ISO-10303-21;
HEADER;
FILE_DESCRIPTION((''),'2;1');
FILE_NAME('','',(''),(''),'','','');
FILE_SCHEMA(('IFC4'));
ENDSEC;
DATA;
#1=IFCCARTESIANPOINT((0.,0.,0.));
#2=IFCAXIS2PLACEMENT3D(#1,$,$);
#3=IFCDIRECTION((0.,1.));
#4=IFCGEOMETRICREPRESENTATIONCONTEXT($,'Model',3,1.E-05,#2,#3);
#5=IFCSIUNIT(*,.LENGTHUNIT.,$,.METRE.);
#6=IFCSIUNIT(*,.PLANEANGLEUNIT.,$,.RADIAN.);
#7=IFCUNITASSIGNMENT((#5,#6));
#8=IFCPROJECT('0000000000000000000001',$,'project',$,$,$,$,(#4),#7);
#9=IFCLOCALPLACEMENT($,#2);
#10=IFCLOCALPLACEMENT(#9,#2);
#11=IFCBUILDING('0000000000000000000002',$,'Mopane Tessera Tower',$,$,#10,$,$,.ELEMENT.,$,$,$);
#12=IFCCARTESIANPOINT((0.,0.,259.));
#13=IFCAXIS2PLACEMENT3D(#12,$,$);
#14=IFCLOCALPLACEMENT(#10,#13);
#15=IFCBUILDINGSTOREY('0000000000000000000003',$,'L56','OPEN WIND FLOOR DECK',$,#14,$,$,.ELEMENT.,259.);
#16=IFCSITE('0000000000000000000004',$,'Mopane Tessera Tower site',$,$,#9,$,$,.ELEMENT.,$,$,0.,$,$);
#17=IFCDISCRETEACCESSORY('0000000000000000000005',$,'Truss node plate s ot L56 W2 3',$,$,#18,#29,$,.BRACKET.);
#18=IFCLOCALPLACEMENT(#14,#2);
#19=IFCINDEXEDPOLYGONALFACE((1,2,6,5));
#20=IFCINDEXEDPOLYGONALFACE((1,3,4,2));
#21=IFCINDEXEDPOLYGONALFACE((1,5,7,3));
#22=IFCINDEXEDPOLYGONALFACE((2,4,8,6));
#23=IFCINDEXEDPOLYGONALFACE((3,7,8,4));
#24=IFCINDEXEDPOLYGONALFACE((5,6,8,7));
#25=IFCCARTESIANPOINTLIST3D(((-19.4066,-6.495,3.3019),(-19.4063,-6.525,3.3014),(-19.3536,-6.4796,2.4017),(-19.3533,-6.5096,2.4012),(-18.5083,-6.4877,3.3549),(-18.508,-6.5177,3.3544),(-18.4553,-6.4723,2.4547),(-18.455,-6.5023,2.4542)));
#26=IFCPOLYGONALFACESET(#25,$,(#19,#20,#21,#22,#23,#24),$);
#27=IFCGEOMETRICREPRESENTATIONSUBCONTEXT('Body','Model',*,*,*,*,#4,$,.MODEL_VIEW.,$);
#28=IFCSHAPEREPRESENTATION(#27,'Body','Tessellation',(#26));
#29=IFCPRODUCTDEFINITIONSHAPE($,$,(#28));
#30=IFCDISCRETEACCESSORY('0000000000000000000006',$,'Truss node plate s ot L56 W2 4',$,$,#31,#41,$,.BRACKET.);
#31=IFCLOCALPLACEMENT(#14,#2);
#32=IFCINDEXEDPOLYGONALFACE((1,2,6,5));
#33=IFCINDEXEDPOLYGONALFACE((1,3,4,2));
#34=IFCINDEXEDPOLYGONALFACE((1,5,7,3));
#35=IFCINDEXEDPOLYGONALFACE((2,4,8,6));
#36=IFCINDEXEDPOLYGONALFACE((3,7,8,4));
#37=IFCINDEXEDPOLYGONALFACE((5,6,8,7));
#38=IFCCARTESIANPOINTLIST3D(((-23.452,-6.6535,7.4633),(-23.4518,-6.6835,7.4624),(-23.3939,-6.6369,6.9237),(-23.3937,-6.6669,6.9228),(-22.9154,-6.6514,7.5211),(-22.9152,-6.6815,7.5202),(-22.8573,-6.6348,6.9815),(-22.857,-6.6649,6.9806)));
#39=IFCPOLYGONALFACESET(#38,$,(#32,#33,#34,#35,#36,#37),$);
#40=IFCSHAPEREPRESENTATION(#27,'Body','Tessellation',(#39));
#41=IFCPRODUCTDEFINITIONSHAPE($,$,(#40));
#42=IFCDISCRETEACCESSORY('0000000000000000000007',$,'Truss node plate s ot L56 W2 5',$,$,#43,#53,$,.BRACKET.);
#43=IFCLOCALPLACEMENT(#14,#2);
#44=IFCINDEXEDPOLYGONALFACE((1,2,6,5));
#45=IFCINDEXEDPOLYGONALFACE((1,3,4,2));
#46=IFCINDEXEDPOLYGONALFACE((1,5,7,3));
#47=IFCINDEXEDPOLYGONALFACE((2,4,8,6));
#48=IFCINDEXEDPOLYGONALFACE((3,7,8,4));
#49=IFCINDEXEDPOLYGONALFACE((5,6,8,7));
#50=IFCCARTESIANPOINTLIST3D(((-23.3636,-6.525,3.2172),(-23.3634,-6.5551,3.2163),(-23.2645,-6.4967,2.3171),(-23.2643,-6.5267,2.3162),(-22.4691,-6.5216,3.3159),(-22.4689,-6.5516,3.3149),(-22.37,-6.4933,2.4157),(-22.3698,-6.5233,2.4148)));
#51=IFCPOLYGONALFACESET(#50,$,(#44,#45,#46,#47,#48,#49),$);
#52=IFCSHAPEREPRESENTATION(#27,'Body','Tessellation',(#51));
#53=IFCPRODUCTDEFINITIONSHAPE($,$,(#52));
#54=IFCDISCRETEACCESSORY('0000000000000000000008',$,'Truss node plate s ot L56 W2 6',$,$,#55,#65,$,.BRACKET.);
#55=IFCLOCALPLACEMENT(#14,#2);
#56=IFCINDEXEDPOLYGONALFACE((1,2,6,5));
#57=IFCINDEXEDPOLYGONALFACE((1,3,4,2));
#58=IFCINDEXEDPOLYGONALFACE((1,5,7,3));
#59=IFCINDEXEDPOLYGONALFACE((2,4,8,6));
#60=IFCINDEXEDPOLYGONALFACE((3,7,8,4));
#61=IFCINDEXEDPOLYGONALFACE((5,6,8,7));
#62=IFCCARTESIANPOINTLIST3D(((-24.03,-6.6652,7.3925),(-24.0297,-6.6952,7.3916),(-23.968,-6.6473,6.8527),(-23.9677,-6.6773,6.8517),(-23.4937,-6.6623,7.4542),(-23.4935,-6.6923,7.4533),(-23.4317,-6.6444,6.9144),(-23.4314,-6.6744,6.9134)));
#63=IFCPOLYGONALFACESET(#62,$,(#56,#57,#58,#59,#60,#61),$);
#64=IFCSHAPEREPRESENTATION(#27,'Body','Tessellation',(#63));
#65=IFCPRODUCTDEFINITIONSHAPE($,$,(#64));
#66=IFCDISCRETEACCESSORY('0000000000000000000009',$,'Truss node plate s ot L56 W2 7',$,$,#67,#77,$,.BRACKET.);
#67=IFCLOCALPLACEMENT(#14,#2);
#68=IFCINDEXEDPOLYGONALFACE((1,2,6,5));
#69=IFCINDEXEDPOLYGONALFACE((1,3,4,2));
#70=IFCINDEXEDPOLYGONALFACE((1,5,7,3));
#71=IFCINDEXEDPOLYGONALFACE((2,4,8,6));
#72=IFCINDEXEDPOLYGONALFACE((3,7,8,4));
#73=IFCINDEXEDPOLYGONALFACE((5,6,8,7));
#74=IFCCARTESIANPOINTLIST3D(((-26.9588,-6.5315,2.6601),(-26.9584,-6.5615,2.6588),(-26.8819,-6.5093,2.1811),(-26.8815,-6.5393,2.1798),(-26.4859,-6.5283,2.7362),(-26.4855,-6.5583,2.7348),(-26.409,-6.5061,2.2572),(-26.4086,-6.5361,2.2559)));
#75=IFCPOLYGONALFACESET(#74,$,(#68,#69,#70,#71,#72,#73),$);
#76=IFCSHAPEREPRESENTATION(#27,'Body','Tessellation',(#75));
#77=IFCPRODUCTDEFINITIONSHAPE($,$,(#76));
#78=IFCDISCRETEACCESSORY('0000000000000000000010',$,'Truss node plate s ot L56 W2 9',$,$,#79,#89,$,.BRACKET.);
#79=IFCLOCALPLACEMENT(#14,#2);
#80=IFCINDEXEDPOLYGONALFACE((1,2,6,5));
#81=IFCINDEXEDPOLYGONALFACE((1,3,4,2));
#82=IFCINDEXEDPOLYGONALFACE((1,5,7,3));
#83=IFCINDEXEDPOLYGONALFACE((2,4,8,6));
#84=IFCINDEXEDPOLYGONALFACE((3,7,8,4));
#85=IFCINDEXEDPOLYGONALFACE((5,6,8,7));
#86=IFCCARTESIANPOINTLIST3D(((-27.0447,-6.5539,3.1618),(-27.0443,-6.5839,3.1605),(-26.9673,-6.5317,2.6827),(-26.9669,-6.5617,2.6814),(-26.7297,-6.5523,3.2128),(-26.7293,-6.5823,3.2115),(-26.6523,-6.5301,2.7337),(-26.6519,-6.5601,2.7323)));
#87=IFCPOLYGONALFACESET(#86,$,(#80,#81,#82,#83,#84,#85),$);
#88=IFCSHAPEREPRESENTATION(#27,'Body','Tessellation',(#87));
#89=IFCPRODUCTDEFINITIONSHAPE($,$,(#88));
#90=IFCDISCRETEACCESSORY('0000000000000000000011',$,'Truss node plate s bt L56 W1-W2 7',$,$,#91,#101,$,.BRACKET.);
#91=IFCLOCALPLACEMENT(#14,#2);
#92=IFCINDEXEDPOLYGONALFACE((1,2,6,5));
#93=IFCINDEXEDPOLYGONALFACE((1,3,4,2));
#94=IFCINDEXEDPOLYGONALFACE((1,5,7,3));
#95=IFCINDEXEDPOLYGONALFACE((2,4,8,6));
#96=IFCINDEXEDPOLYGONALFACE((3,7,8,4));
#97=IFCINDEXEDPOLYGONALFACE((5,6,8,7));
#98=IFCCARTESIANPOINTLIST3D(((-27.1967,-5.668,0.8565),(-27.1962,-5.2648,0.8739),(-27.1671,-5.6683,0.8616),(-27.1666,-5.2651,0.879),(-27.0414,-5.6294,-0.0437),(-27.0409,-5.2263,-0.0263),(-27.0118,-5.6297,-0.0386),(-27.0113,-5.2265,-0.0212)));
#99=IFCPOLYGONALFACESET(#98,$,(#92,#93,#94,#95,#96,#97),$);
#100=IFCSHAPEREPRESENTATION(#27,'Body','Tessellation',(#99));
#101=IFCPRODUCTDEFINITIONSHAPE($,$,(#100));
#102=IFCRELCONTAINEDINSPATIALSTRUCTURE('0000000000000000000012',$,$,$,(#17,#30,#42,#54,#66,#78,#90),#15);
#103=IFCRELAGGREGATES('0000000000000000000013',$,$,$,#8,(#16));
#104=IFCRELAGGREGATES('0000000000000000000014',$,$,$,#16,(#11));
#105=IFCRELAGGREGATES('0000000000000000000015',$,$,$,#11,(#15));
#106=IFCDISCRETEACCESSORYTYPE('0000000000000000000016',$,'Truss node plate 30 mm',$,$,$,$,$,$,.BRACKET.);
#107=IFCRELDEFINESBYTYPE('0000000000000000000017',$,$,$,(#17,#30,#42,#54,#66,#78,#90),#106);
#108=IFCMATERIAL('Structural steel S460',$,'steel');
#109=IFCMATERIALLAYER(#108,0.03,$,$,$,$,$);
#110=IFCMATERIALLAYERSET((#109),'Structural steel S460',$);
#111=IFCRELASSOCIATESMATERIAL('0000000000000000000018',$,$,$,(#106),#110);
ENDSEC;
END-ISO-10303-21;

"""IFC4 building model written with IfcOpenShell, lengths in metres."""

from ifc_helpers import new_model, si_unit, direction, frame, origin, origin_2d, place, context, subcontext, project, spatial, rectangle, extrude, material, layer, layer_set, type_object, element, save


model = new_model("IFC4")

# Units and contexts
model_context = context("Model", 3, precision=1e-05, world=origin(), true_north=direction((0.0, 1.0)))
body_context = subcontext(model_context, "Body", "Model", "MODEL_VIEW")
ifc_project = project(units=[si_unit("LENGTHUNIT", "METRE"), si_unit("PLANEANGLEUNIT", "RADIAN")], contexts=[model_context])

# Site, building, storey
site_placement = place(None, origin())
site = spatial("IfcSite", under=ifc_project, at=site_placement, Name="Mopane Tessera Tower site", CompositionType="ELEMENT", RefElevation=0.0)
building_placement = place(site_placement, origin())
building = spatial("IfcBuilding", under=site, at=building_placement, Name="Mopane Tessera Tower", CompositionType="ELEMENT")
storey_placement = place(building_placement, frame((0.0, 0.0, 259.0)))
storey = spatial("IfcBuildingStorey", under=building, at=storey_placement, Name="L56", Description="OPEN WIND FLOOR DECK", CompositionType="ELEMENT", Elevation=259.0)

# Discrete accessories
ifc_material_1 = material(Name="Structural steel S460", Category="steel")
ifc_layer_1 = layer(ifc_material_1, 0.03)
ifc_layer_set_1 = layer_set([ifc_layer_1], Name="Structural steel S460")
discrete_accessory_type = type_object("IfcDiscreteAccessoryType", Name="Truss node plate 30 mm", PredefinedType="BRACKET", material=ifc_layer_set_1)
discrete_accessory_1_placement = place(storey_placement, frame((-18.9043, -6.491, 2.428), z_axis=(-0.058745, -0.017055, 0.998127), x_axis=(0.009091, -0.999822, -0.016549)))
element("IfcDiscreteAccessory", 1, at=discrete_accessory_1_placement, inside=storey, type_object=discrete_accessory_type, Name="Truss node plate s ot L56 W2 3", PredefinedType="BRACKET", context=body_context, shape_type="SweptSolid", body=[
    extrude(rectangle(XDim=0.03, YDim=0.8999, at=origin_2d()), origin(), (0.0, 0.0, 1.0), 0.9019),
])
discrete_accessory_2_placement = place(storey_placement, frame((-23.1255, -6.6509, 6.9521), z_axis=(-0.107023, -0.030578, 0.993786), x_axis=(0.007092, -0.999525, -0.029991)))
element("IfcDiscreteAccessory", 2, at=discrete_accessory_2_placement, inside=storey, type_object=discrete_accessory_type, Name="Truss node plate s ot L56 W2 4", PredefinedType="BRACKET", context=body_context, shape_type="SweptSolid", body=[
    extrude(rectangle(XDim=0.03, YDim=0.5398, at=origin_2d()), origin(), (0.0, 0.0, 1.0), 0.543),
])
discrete_accessory_3_placement = place(storey_placement, frame((-22.8171, -6.51, 2.366), z_axis=(-0.109402, -0.031258, 0.993506), x_axis=(0.007237, -0.999504, -0.030649)))
element("IfcDiscreteAccessory", 3, at=discrete_accessory_3_placement, inside=storey, type_object=discrete_accessory_type, Name="Truss node plate s ot L56 W2 5", PredefinedType="BRACKET", context=body_context, shape_type="SweptSolid", body=[
    extrude(rectangle(XDim=0.03, YDim=0.8999, at=origin_2d()), origin(), (0.0, 0.0, 1.0), 0.906),
])
discrete_accessory_4_placement = place(storey_placement, frame((-23.6997, -6.6609, 6.8831), z_axis=(-0.114068, -0.032783, 0.992932), x_axis=(0.009092, -0.999448, -0.031954)))
element("IfcDiscreteAccessory", 4, at=discrete_accessory_4_placement, inside=storey, type_object=discrete_accessory_type, Name="Truss node plate s ot L56 W2 6", PredefinedType="BRACKET", context=body_context, shape_type="SweptSolid", body=[
    extrude(rectangle(XDim=0.03, YDim=0.5398, at=origin_2d()), origin(), (0.0, 0.0, 1.0), 0.5437),
])
discrete_accessory_5_placement = place(storey_placement, frame((-26.6453, -6.5227, 2.2185), z_axis=(-0.158354, -0.045747, 0.986322), x_axis=(0.013871, -0.998931, -0.044105)))
element("IfcDiscreteAccessory", 5, at=discrete_accessory_5_placement, inside=storey, type_object=discrete_accessory_type, Name="Truss node plate s ot L56 W2 7", PredefinedType="BRACKET", context=body_context, shape_type="SweptSolid", body=[
    extrude(rectangle(XDim=0.03, YDim=0.479, at=origin_2d()), origin(), (0.0, 0.0, 1.0), 0.4856),
])
discrete_accessory_6_placement = place(storey_placement, frame((-26.8096, -6.5459, 2.7075), z_axis=(-0.159334, -0.04574, 0.986165), x_axis=(0.012278, -0.998941, -0.044348)))
element("IfcDiscreteAccessory", 6, at=discrete_accessory_6_placement, inside=storey, type_object=discrete_accessory_type, Name="Truss node plate s ot L56 W2 9", PredefinedType="BRACKET", context=body_context, shape_type="SweptSolid", body=[
    extrude(rectangle(XDim=0.03, YDim=0.3191, at=origin_2d()), origin(), (0.0, 0.0, 1.0), 0.4858),
])
discrete_accessory_7_placement = place(storey_placement, frame((-27.0264, -5.428, -0.0325), z_axis=(-0.169836, -0.042192, 0.984569), x_axis=(0.985472, -0.008471, 0.169629)))
element("IfcDiscreteAccessory", 7, at=discrete_accessory_7_placement, inside=storey, type_object=discrete_accessory_type, Name="Truss node plate s bt L56 W1-W2 7", PredefinedType="BRACKET", context=body_context, shape_type="SweptSolid", body=[
    extrude(rectangle(XDim=0.03, YDim=0.4036, at=origin_2d()), origin(), (0.0, 0.0, 1.0), 0.9143),
])

save(model, "model.ifc")
